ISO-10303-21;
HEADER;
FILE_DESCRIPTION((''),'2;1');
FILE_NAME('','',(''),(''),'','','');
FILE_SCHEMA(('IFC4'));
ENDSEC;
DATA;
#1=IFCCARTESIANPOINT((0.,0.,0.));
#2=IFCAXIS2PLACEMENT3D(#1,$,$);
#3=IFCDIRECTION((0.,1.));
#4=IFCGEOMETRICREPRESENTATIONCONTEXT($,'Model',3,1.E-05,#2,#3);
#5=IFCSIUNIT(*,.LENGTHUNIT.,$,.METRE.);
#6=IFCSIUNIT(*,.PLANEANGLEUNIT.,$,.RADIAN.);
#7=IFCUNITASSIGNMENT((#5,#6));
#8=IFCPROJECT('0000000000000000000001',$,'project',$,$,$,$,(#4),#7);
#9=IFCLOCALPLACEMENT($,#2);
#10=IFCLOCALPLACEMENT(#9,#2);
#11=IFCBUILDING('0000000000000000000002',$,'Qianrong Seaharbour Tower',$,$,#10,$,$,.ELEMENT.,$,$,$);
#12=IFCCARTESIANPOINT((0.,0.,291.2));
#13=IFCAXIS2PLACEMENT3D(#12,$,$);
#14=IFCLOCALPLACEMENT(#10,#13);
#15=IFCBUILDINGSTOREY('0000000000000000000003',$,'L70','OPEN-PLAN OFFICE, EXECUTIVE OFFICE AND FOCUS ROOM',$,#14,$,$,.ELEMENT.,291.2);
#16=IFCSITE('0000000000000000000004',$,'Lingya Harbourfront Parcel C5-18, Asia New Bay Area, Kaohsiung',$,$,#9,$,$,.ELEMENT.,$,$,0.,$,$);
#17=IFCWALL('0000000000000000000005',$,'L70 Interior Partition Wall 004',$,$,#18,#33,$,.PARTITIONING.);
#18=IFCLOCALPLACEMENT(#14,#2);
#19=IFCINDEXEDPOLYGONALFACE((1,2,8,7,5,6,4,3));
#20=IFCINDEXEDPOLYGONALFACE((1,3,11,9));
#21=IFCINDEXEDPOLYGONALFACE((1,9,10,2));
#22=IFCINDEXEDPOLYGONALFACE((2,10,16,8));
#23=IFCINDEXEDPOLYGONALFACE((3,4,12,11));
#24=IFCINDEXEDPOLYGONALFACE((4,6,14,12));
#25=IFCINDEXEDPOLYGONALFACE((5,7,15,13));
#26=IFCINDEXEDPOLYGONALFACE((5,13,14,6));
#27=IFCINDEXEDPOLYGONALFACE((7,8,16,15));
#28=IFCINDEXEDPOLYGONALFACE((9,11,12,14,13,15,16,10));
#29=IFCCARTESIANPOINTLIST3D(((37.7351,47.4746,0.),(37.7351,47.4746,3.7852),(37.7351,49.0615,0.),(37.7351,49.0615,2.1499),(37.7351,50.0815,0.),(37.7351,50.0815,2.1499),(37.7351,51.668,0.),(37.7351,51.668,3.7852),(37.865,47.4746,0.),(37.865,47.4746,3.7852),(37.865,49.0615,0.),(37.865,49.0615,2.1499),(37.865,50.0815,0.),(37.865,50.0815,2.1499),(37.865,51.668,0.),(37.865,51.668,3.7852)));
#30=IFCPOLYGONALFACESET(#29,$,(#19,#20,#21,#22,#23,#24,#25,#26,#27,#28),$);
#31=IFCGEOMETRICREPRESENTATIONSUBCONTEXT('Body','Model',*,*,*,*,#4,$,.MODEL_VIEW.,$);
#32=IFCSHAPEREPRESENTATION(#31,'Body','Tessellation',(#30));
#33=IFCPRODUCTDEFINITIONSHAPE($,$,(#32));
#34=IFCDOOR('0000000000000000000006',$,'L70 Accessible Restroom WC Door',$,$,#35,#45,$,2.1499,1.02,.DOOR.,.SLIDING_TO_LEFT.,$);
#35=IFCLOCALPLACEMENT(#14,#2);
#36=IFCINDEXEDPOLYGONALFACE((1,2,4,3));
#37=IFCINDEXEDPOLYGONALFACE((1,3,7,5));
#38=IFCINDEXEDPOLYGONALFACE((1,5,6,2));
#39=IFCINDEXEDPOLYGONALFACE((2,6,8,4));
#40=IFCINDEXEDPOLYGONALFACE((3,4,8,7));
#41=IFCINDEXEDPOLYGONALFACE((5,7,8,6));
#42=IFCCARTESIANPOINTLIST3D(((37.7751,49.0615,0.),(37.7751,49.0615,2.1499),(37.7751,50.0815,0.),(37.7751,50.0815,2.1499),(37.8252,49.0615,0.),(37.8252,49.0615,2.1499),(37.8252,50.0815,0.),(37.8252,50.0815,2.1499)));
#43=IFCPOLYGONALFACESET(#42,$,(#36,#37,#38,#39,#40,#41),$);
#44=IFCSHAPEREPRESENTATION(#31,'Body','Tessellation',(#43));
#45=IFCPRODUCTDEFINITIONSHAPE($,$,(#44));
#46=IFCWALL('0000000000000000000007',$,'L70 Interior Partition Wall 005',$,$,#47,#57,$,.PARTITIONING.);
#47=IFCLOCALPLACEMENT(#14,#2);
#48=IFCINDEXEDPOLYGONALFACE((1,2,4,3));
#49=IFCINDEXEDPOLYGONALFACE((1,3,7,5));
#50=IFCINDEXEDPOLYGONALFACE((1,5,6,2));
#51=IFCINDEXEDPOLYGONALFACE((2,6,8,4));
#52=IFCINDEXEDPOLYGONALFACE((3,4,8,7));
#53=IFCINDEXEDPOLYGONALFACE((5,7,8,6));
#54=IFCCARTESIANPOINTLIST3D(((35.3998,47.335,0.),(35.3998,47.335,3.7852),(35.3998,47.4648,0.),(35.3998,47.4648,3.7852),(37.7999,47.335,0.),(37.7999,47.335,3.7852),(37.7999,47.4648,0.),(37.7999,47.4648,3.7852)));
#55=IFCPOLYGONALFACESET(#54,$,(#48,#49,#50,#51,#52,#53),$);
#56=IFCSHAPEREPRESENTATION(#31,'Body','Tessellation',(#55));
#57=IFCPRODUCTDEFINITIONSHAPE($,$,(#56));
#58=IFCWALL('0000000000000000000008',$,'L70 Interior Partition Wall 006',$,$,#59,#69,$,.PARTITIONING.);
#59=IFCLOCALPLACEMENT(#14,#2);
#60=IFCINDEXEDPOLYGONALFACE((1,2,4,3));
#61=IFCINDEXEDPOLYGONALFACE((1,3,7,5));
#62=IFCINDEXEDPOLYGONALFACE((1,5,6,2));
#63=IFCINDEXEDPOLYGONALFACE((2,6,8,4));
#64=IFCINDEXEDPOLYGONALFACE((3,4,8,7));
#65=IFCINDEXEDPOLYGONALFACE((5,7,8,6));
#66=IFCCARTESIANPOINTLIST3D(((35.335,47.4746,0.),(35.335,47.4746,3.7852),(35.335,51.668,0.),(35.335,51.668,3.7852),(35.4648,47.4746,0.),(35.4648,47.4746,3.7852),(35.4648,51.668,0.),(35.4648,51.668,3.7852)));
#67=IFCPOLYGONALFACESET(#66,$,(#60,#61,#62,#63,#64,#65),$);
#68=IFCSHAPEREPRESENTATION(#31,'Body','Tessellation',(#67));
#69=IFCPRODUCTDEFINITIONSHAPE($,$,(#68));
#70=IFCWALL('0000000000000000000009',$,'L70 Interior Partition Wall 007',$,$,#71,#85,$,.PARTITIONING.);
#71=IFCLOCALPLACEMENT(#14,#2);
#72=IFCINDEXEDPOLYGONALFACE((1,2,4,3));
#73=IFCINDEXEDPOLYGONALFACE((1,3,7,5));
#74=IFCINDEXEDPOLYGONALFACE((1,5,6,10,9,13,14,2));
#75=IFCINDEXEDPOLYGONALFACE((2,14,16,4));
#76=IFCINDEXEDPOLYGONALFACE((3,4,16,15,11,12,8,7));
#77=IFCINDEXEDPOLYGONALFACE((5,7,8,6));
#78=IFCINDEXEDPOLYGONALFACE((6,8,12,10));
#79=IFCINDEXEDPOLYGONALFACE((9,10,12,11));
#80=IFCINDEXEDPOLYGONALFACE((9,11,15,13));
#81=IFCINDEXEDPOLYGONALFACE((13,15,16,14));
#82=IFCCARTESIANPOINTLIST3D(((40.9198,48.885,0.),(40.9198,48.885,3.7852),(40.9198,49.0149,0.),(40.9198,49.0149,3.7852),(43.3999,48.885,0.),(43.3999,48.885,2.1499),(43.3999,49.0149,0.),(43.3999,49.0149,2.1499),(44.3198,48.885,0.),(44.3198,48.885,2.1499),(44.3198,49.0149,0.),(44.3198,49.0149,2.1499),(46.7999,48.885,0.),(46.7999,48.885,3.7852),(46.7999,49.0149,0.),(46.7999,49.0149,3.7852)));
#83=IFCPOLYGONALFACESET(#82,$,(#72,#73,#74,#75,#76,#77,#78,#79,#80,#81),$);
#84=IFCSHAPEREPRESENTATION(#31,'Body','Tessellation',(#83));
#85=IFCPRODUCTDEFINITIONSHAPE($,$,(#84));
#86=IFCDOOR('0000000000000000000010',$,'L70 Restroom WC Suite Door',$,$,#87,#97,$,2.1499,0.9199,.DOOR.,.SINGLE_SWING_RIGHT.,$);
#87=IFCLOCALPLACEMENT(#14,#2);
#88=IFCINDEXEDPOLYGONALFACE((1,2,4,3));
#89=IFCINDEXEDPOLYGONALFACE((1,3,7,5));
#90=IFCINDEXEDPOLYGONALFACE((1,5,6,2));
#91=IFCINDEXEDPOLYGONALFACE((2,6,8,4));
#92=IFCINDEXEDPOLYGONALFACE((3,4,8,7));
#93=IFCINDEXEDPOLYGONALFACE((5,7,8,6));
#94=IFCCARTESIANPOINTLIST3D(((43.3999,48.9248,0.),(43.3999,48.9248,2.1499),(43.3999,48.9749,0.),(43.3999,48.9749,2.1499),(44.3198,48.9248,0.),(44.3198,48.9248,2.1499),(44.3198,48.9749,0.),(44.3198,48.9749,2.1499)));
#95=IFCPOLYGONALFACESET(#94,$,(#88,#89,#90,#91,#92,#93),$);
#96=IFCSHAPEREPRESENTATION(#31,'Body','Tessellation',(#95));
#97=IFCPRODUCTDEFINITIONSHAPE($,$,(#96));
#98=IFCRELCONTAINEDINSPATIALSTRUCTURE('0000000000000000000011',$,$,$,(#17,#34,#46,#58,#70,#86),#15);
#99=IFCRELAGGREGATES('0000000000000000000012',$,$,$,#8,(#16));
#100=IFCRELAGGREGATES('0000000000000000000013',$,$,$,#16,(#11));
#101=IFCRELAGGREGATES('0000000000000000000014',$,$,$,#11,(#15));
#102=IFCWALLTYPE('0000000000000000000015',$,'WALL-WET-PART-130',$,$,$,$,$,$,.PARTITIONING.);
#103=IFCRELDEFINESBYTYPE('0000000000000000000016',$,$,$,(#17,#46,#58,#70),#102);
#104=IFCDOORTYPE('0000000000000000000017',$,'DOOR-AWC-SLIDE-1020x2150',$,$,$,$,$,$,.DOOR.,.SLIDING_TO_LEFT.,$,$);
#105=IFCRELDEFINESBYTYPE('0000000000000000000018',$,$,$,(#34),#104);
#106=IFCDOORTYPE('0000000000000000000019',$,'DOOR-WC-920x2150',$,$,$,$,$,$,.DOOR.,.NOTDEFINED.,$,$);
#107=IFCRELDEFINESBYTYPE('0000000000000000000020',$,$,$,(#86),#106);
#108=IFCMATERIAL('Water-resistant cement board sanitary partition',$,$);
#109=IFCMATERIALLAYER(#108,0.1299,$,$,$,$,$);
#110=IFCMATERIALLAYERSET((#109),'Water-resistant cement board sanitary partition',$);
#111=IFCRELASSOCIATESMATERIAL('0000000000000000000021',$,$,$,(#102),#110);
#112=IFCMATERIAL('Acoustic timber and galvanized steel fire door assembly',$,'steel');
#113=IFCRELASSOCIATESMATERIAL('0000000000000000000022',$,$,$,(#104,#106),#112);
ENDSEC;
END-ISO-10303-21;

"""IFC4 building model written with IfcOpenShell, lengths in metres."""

from ifc_helpers import new_model, si_unit, direction, frame, frame_2d, origin, place, context, subcontext, project, spatial, rectangle, extrude, material, layer, layer_set, type_object, element, fill, save


model = new_model("IFC4")

# Units and contexts
model_context = context("Model", 3, precision=1e-05, world=origin(), true_north=direction((0.0, 1.0)))
body_context = subcontext(model_context, "Body", "Model", "MODEL_VIEW")
ifc_project = project(units=[si_unit("LENGTHUNIT", "METRE"), si_unit("PLANEANGLEUNIT", "RADIAN")], contexts=[model_context])

# Site, building, storey
site_placement = place(None, origin())
site = spatial("IfcSite", under=ifc_project, at=site_placement, Name="Lingya Harbourfront Parcel C5-18, Asia New Bay Area, Kaohsiung", CompositionType="ELEMENT", RefElevation=0.0)
building_placement = place(site_placement, origin())
building = spatial("IfcBuilding", under=site, at=building_placement, Name="Qianrong Seaharbour Tower", CompositionType="ELEMENT")
storey_placement = place(building_placement, frame((0.0, 0.0, 291.2)))
storey = spatial("IfcBuildingStorey", under=building, at=storey_placement, Name="L70", Description="OPEN-PLAN OFFICE, EXECUTIVE OFFICE AND FOCUS ROOM", CompositionType="ELEMENT", Elevation=291.2)

# Shared definitions
ifc_material_1 = material(Name="Acoustic timber and galvanized steel fire door assembly", Category="steel")

# Wall, opening, door
ifc_material_2 = material(Name="Water-resistant cement board sanitary partition")
ifc_layer_1 = layer(ifc_material_2, 0.1299)
ifc_layer_set_1 = layer_set([ifc_layer_1], Name="Water-resistant cement board sanitary partition")
wall_type_1 = type_object("IfcWallType", Name="WALL-WET-PART-130", PredefinedType="PARTITIONING", material=ifc_layer_set_1)
wall_1_placement = place(storey_placement, frame((37.8, 47.4746, 0.0), z_axis=(0.0, 0.0, 1.0), x_axis=(0.0, 1.0, 0.0)))
wall_1 = element("IfcWall", 1, at=wall_1_placement, inside=storey, type_object=wall_type_1, Name="L70 Interior Partition Wall 004", PredefinedType="PARTITIONING", context=body_context, shape_type="SweptSolid", body=[
    extrude(rectangle(XDim=4.1934, YDim=0.1299, at=frame_2d((2.0967, 0.0))), origin(), (0.0, 0.0, 1.0), 3.7852),
])
opening_1_placement = place(wall_1_placement, frame((1.5869, 0.0, 0.0)))
opening_1 = element("IfcOpeningElement", 2, at=opening_1_placement, cuts=wall_1, PredefinedType="OPENING", context=body_context, shape_type="SweptSolid", body=[
    extrude(rectangle(XDim=1.02, YDim=2.1499, at=frame_2d((0.51, 1.075))), frame((0.0, 0.075, 0.0), z_axis=(0.0, -1.0, 0.0), x_axis=(1.0, 0.0, 0.0)), (0.0, 0.0, 1.0), 0.1499),
])
door_type_1 = type_object("IfcDoorType", Name="DOOR-AWC-SLIDE-1020x2150", OperationType="SLIDING_TO_LEFT", PredefinedType="DOOR", material=ifc_material_1)
door_1_placement = place(opening_1_placement, origin())
door_1 = element("IfcDoor", 3, at=door_1_placement, inside=storey, type_object=door_type_1, Name="L70 Accessible Restroom WC Door", OperationType="SLIDING_TO_LEFT", OverallHeight=2.1499, OverallWidth=1.02, PredefinedType="DOOR", context=body_context, shape_type="SweptSolid", body=[
    extrude(rectangle(XDim=1.02, YDim=2.1499, at=frame_2d((0.51, 1.075))), frame((0.0, 0.0249, 0.0), z_axis=(0.0, -1.0, 0.0), x_axis=(1.0, 0.0, 0.0)), (0.0, 0.0, 1.0), 0.05),
])
fill(opening_1, door_1)

# Walls
wall_2_placement = place(storey_placement, frame((37.8, 47.3999, 0.0), z_axis=(0.0, 0.0, 1.0), x_axis=(-1.0, 0.0, 0.0)))
element("IfcWall", 4, at=wall_2_placement, inside=storey, type_object=wall_type_1, Name="L70 Interior Partition Wall 005", PredefinedType="PARTITIONING", context=body_context, shape_type="SweptSolid", body=[
    extrude(rectangle(XDim=2.4001, YDim=0.1299, at=frame_2d((1.2002, 0.0))), origin(), (0.0, 0.0, 1.0), 3.7852),
])
wall_3_placement = place(storey_placement, frame((35.3999, 47.4746, 0.0), z_axis=(0.0, 0.0, 1.0), x_axis=(0.0, 1.0, 0.0)))
element("IfcWall", 5, at=wall_3_placement, inside=storey, type_object=wall_type_1, Name="L70 Interior Partition Wall 006", PredefinedType="PARTITIONING", context=body_context, shape_type="SweptSolid", body=[
    extrude(rectangle(XDim=4.1934, YDim=0.1299, at=frame_2d((2.0967, 0.0))), origin(), (0.0, 0.0, 1.0), 3.7852),
])

# Wall, opening, door
wall_4_placement = place(storey_placement, frame((40.9199, 48.95, 0.0), z_axis=(0.0, 0.0, 1.0), x_axis=(1.0, 0.0, 0.0)))
wall_4 = element("IfcWall", 6, at=wall_4_placement, inside=storey, type_object=wall_type_1, Name="L70 Interior Partition Wall 007", PredefinedType="PARTITIONING", context=body_context, shape_type="SweptSolid", body=[
    extrude(rectangle(XDim=5.8801, YDim=0.1299, at=frame_2d((2.9399, 0.0))), origin(), (0.0, 0.0, 1.0), 3.7852),
])
opening_2_placement = place(wall_4_placement, frame((2.48, 0.0, 0.0)))
opening_2 = element("IfcOpeningElement", 7, at=opening_2_placement, cuts=wall_4, PredefinedType="OPENING", context=body_context, shape_type="SweptSolid", body=[
    extrude(rectangle(XDim=0.9199, YDim=2.1499, at=frame_2d((0.46, 1.075))), frame((0.0, 0.075, 0.0), z_axis=(0.0, -1.0, 0.0), x_axis=(1.0, 0.0, 0.0)), (0.0, 0.0, 1.0), 0.1499),
])
door_type_2 = type_object("IfcDoorType", Name="DOOR-WC-920x2150", OperationType="NOTDEFINED", PredefinedType="DOOR", material=ifc_material_1)
door_2_placement = place(opening_2_placement, origin())
door_2 = element("IfcDoor", 8, at=door_2_placement, inside=storey, type_object=door_type_2, Name="L70 Restroom WC Suite Door", OperationType="SINGLE_SWING_RIGHT", OverallHeight=2.1499, OverallWidth=0.9199, PredefinedType="DOOR", context=body_context, shape_type="SweptSolid", body=[
    extrude(rectangle(XDim=0.9199, YDim=2.1499, at=frame_2d((0.46, 1.075))), frame((0.0, 0.0249, 0.0), z_axis=(0.0, -1.0, 0.0), x_axis=(1.0, 0.0, 0.0)), (0.0, 0.0, 1.0), 0.05),
])
fill(opening_2, door_2)

save(model, "model.ifc")
